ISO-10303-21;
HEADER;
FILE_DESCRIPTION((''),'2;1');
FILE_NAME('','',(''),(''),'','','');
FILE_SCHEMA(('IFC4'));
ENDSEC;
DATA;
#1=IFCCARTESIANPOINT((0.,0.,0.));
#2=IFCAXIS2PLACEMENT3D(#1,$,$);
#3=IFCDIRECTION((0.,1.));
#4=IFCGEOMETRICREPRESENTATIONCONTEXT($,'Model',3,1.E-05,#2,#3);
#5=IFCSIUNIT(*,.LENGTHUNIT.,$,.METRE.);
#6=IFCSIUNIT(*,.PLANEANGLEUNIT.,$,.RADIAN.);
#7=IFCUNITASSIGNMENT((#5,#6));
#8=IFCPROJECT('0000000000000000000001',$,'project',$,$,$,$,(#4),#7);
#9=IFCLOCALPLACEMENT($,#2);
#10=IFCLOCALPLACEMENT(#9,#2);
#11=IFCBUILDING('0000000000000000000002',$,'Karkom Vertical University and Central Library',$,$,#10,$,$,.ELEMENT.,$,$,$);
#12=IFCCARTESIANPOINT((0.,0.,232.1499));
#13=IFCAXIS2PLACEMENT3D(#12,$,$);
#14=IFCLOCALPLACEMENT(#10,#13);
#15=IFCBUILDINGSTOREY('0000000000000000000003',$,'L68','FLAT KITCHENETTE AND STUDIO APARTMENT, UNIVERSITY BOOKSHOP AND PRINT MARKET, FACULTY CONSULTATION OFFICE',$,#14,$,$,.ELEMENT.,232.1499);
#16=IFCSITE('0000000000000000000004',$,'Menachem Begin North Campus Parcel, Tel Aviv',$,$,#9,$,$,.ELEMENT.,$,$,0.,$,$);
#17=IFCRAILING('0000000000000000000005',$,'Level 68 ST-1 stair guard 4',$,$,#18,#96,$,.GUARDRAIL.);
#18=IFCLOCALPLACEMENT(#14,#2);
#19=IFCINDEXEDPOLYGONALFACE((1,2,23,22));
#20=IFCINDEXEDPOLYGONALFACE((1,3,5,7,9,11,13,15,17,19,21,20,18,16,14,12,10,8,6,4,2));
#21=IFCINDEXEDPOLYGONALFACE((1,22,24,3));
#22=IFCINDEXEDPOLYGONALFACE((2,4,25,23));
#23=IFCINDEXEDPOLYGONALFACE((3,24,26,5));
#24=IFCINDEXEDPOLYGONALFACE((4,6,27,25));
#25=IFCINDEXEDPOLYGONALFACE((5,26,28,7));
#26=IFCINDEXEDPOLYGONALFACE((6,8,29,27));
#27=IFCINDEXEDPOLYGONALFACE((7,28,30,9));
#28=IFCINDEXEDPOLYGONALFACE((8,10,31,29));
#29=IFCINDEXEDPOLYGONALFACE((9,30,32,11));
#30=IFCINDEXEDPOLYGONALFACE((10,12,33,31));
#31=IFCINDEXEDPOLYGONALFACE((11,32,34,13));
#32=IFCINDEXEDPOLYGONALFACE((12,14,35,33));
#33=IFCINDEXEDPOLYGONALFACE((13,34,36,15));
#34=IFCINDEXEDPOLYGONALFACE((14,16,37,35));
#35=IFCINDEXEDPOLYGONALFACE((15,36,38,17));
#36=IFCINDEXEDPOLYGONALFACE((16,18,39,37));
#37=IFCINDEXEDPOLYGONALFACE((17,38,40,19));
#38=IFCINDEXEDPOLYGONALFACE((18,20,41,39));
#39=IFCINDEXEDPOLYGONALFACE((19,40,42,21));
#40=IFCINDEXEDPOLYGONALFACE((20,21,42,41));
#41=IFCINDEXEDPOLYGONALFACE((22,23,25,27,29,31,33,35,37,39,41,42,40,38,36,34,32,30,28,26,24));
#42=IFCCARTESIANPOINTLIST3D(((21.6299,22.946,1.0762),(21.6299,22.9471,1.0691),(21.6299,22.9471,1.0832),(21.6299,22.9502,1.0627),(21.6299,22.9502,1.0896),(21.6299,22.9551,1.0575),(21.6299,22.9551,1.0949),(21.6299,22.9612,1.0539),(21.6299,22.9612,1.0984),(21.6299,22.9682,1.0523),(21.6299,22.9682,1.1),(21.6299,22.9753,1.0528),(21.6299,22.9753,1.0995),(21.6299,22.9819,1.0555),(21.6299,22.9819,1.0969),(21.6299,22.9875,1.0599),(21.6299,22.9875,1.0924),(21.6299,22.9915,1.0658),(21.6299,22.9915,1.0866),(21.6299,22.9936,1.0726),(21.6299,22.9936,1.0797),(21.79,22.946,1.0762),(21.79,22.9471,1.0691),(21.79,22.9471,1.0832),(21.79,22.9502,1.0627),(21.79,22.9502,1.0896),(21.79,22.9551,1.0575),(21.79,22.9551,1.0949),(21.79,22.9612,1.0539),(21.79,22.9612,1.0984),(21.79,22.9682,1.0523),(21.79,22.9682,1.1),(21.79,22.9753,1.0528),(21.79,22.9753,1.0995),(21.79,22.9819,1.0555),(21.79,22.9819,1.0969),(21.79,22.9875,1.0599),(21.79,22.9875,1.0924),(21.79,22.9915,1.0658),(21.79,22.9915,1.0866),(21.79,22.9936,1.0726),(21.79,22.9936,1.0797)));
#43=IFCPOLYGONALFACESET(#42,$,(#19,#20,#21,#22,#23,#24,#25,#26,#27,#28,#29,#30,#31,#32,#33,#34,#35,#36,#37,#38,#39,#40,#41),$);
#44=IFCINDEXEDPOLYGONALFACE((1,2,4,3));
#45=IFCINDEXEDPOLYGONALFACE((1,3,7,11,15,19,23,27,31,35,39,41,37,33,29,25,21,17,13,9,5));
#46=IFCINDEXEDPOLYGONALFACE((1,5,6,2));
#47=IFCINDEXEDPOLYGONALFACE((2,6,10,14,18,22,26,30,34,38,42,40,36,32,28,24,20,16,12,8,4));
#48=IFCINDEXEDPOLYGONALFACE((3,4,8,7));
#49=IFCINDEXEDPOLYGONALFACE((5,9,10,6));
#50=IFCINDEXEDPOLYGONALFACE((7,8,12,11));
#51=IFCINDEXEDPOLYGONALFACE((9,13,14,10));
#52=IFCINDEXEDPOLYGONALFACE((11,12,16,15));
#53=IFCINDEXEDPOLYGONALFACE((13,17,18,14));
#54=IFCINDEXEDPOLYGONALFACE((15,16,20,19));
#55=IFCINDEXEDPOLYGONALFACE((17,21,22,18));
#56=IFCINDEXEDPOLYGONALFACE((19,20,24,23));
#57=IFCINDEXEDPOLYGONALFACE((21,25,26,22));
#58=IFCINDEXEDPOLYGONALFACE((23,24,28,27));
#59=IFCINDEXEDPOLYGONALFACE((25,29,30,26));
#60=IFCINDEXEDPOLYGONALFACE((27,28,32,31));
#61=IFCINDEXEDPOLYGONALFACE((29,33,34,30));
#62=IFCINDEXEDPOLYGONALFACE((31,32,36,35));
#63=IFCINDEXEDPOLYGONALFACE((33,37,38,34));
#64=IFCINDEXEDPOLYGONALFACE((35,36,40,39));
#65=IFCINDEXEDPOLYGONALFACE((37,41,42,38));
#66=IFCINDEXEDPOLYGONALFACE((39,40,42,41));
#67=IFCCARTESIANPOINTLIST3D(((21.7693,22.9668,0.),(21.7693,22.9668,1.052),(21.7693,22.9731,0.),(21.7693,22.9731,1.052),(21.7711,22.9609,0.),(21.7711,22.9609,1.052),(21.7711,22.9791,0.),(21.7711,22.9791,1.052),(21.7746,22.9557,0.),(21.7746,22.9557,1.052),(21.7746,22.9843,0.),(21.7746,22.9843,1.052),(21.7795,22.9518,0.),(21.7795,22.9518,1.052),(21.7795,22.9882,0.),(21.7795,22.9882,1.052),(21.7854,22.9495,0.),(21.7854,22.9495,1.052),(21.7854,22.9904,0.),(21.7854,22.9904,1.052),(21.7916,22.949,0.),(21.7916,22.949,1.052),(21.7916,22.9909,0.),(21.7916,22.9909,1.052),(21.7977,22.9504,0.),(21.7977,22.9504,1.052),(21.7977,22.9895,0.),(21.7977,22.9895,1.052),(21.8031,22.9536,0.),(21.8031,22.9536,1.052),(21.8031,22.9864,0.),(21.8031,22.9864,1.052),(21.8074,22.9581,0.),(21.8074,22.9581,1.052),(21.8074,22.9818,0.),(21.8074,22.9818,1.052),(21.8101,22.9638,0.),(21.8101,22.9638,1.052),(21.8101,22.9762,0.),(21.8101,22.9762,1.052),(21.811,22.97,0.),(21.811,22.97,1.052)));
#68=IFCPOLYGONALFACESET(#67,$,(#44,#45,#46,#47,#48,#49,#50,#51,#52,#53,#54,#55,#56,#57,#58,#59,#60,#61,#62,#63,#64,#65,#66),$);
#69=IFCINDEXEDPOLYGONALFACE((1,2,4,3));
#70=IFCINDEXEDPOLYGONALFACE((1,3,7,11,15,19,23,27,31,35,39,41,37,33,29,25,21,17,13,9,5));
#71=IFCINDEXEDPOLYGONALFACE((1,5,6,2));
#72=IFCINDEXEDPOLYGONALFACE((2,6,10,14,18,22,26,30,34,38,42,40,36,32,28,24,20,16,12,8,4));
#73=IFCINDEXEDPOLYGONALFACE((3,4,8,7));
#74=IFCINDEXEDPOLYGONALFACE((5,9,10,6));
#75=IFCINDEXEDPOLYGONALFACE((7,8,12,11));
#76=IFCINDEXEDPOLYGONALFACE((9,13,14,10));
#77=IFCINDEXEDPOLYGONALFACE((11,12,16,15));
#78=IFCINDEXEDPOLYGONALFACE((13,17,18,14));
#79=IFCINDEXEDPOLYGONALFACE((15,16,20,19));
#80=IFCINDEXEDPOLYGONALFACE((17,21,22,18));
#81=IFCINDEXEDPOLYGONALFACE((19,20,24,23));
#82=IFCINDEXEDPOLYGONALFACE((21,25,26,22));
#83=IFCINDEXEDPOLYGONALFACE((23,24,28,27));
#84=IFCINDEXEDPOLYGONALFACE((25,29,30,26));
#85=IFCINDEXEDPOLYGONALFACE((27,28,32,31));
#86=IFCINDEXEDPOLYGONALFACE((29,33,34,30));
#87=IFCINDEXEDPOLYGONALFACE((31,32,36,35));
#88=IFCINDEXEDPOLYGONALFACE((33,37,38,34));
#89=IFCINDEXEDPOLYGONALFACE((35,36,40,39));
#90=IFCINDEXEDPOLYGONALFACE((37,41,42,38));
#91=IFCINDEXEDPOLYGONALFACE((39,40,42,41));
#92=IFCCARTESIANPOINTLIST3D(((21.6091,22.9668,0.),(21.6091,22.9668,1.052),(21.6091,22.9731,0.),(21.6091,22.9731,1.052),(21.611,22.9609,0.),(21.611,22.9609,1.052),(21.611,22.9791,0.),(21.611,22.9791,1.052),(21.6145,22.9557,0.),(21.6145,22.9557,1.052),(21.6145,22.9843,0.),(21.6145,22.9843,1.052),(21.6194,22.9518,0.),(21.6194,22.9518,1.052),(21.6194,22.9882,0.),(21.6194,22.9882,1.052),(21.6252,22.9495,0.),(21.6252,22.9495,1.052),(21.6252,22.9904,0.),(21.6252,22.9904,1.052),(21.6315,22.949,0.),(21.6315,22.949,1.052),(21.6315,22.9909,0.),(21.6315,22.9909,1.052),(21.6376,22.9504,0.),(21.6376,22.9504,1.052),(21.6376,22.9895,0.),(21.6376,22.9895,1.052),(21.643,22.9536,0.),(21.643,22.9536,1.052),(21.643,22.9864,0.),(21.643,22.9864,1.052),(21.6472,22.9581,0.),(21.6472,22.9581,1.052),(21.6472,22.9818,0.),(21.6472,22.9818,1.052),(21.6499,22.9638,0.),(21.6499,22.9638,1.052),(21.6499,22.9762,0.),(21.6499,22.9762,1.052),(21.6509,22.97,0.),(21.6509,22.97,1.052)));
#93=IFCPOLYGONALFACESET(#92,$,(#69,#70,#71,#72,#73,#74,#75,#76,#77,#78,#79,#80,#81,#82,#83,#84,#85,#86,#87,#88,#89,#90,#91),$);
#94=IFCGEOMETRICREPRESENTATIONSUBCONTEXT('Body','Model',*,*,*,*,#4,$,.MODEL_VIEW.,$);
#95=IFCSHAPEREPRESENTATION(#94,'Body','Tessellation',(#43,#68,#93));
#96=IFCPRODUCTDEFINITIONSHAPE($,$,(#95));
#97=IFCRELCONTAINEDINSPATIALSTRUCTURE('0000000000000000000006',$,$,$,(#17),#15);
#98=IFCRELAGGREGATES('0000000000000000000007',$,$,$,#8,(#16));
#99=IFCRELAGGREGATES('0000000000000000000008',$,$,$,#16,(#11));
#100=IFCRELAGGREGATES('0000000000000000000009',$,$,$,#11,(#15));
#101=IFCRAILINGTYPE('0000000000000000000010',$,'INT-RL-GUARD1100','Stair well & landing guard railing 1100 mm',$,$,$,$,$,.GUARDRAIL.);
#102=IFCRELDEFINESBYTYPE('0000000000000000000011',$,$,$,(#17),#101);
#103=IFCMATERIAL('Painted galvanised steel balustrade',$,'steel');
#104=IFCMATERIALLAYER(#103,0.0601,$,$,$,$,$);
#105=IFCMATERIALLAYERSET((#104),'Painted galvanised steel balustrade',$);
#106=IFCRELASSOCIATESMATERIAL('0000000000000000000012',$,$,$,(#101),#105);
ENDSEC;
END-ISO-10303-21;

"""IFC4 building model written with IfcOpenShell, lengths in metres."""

from ifc_helpers import new_model, si_unit, direction, frame, origin, origin_2d, place, context, subcontext, project, spatial, circle, extrude, material, layer, layer_set, type_object, element, save


model = new_model("IFC4")

# Units and contexts
model_context = context("Model", 3, precision=1e-05, world=origin(), true_north=direction((0.0, 1.0)))
body_context = subcontext(model_context, "Body", "Model", "MODEL_VIEW")
ifc_project = project(units=[si_unit("LENGTHUNIT", "METRE"), si_unit("PLANEANGLEUNIT", "RADIAN")], contexts=[model_context])

# Site, building, storey
site_placement = place(None, origin())
site = spatial("IfcSite", under=ifc_project, at=site_placement, Name="Menachem Begin North Campus Parcel, Tel Aviv", CompositionType="ELEMENT", RefElevation=0.0)
building_placement = place(site_placement, origin())
building = spatial("IfcBuilding", under=site, at=building_placement, Name="Karkom Vertical University and Central Library", CompositionType="ELEMENT")
storey_placement = place(building_placement, frame((0.0, 0.0, 232.1499)))
storey = spatial("IfcBuildingStorey", under=building, at=storey_placement, Name="L68", Description="FLAT KITCHENETTE AND STUDIO APARTMENT, UNIVERSITY BOOKSHOP AND PRINT MARKET, FACULTY CONSULTATION OFFICE", CompositionType="ELEMENT", Elevation=232.1499)

# Railing
ifc_material_1 = material(Name="Painted galvanised steel balustrade", Category="steel")
ifc_layer_1 = layer(ifc_material_1, 0.0601)
ifc_layer_set_1 = layer_set([ifc_layer_1], Name="Painted galvanised steel balustrade")
railing_type_1 = type_object("IfcRailingType", Name="INT-RL-GUARD1100", Description="Stair well & landing guard railing 1100 mm", PredefinedType="GUARDRAIL", material=ifc_layer_set_1)
railing_1_placement = place(storey_placement, frame((21.79, 22.97, 0.0)))
element("IfcRailing", 1, at=railing_1_placement, inside=storey, type_object=railing_type_1, Name="Level 68 ST-1 stair guard 4", PredefinedType="GUARDRAIL", context=body_context, shape_type="SweptSolid", body=[
    extrude(circle(Radius=0.0239, at=origin_2d()), frame((0.0, 0.0, 1.0762), z_axis=(-1.0, 0.0, 0.0), x_axis=(0.0, -1.0, 0.0)), (0.0, 0.0, 1.0), 0.1602),
    extrude(circle(Radius=0.021, at=origin_2d()), origin(), (0.0, 0.0, 1.0), 1.052),
    extrude(circle(Radius=0.021, at=origin_2d()), frame((-0.1602, 0.0, 0.0)), (0.0, 0.0, 1.0), 1.052),
])

save(model, "model.ifc")
